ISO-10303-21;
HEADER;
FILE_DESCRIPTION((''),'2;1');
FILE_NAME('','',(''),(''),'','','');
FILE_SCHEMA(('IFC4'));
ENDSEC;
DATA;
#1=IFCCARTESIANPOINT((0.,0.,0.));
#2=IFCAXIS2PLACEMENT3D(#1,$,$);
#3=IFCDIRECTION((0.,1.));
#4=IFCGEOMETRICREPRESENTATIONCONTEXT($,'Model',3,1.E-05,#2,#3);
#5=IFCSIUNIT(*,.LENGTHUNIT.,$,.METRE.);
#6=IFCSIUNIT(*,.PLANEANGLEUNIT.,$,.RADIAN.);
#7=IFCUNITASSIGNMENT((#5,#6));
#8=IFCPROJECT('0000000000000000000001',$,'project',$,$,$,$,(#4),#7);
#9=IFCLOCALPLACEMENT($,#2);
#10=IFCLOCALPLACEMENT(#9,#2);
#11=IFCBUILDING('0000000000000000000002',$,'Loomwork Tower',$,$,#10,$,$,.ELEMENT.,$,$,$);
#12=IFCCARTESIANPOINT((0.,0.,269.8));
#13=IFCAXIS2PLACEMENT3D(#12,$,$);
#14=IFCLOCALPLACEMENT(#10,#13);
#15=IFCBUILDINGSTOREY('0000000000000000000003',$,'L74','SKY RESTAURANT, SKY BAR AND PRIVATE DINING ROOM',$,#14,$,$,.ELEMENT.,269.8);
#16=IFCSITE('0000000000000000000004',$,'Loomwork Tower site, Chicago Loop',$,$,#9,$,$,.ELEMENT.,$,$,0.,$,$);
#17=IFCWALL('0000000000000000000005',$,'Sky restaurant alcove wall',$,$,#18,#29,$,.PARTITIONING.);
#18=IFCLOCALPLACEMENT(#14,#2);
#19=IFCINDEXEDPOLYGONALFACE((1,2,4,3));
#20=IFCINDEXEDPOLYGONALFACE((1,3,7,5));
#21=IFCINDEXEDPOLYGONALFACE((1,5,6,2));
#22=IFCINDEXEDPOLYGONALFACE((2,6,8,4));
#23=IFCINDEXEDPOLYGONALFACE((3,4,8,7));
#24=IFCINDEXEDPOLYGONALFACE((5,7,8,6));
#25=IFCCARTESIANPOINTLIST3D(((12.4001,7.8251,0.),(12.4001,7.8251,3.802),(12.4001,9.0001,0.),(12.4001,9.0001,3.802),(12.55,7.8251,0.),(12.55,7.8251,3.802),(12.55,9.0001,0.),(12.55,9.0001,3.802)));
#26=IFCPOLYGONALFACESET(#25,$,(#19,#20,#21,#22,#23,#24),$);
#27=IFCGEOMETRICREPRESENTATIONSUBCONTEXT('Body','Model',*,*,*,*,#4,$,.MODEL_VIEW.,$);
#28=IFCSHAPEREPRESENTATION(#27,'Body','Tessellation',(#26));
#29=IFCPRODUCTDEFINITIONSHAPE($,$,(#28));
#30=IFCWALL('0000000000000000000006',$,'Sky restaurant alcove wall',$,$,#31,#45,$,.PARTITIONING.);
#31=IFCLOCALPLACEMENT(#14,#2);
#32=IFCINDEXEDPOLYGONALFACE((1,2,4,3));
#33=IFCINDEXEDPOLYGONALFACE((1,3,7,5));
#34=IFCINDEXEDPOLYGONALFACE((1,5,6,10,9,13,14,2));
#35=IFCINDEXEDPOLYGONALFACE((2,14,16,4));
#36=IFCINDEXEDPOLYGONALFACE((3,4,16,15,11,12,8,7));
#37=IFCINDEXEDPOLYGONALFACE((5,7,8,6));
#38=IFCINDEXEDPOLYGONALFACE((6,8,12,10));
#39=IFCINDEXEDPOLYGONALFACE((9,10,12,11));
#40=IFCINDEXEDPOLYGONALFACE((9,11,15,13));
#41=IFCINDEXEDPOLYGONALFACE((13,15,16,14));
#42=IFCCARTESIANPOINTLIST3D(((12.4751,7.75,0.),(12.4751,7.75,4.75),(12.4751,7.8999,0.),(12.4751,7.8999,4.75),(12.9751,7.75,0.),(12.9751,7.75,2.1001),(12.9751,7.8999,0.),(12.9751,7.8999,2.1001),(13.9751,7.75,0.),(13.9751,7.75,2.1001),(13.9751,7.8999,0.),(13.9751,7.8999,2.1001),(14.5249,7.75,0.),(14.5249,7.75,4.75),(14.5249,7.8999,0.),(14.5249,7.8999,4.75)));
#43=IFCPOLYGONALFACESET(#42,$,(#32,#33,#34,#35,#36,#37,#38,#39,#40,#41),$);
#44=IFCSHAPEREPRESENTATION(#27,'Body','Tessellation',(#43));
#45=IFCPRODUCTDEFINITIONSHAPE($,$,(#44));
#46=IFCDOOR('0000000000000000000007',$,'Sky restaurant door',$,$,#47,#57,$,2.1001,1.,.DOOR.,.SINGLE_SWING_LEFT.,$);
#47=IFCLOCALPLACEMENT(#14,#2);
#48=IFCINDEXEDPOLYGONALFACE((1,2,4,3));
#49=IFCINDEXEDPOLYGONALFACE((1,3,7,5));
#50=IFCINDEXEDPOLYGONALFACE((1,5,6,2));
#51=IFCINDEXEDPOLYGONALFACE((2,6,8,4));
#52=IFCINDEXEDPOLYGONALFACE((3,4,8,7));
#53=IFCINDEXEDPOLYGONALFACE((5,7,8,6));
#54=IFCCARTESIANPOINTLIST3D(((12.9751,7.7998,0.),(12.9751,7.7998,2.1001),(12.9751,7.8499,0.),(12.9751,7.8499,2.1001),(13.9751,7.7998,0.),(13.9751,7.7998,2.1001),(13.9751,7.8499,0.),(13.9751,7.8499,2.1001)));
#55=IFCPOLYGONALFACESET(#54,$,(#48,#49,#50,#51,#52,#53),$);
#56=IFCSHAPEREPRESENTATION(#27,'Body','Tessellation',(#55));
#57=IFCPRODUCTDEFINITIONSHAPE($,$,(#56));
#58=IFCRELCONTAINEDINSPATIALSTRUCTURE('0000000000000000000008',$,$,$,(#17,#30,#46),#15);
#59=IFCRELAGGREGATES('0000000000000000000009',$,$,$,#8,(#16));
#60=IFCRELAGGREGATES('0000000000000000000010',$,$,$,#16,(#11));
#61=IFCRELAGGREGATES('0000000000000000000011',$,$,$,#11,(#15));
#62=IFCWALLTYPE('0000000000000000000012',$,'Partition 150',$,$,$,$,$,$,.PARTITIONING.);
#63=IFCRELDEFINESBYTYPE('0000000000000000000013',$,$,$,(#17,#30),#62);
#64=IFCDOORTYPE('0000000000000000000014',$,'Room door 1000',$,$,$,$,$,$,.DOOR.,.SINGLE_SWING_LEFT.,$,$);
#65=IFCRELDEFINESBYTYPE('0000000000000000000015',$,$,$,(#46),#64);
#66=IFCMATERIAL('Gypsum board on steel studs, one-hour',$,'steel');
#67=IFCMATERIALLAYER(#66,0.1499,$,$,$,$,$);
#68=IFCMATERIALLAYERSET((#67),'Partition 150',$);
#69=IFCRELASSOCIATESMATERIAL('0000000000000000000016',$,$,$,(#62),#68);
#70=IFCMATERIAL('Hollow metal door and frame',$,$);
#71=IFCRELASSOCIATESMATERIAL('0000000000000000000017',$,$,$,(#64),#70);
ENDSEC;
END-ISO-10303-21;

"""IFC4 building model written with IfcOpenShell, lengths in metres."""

from ifc_helpers import new_model, si_unit, direction, frame, frame_2d, origin, place, context, subcontext, project, spatial, rectangle, extrude, material, layer, layer_set, type_object, element, fill, save


model = new_model("IFC4")

# Units and contexts
model_context = context("Model", 3, precision=1e-05, world=origin(), true_north=direction((0.0, 1.0)))
body_context = subcontext(model_context, "Body", "Model", "MODEL_VIEW")
ifc_project = project(units=[si_unit("LENGTHUNIT", "METRE"), si_unit("PLANEANGLEUNIT", "RADIAN")], contexts=[model_context])

# Site, building, storey
site_placement = place(None, origin())
site = spatial("IfcSite", under=ifc_project, at=site_placement, Name="Loomwork Tower site, Chicago Loop", CompositionType="ELEMENT", RefElevation=0.0)
building_placement = place(site_placement, origin())
building = spatial("IfcBuilding", under=site, at=building_placement, Name="Loomwork Tower", CompositionType="ELEMENT")
storey_placement = place(building_placement, frame((0.0, 0.0, 269.8)))
storey = spatial("IfcBuildingStorey", under=building, at=storey_placement, Name="L74", Description="SKY RESTAURANT, SKY BAR AND PRIVATE DINING ROOM", CompositionType="ELEMENT", Elevation=269.8)

# Wall
ifc_material_1 = material(Name="Gypsum board on steel studs, one-hour", Category="steel")
ifc_layer_1 = layer(ifc_material_1, 0.1499)
ifc_layer_set_1 = layer_set([ifc_layer_1], Name="Partition 150")
wall_type_1 = type_object("IfcWallType", Name="Partition 150", PredefinedType="PARTITIONING", material=ifc_layer_set_1)
wall_1_placement = place(storey_placement, frame((12.4751, 9.0, 0.0), z_axis=(0.0, 0.0, 1.0), x_axis=(0.0, -1.0, 0.0)))
element("IfcWall", 1, at=wall_1_placement, inside=storey, type_object=wall_type_1, Name="Sky restaurant alcove wall", PredefinedType="PARTITIONING", context=body_context, shape_type="SweptSolid", body=[
    extrude(rectangle(XDim=1.175, YDim=0.1499, at=frame_2d((0.5874, 0.0))), origin(), (0.0, 0.0, 1.0), 3.802),
])

# Wall, opening, door
wall_2_placement = place(storey_placement, frame((12.4751, 7.825, 0.0), z_axis=(0.0, 0.0, 1.0), x_axis=(1.0, 0.0, 0.0)))
wall_2 = element("IfcWall", 2, at=wall_2_placement, inside=storey, type_object=wall_type_1, Name="Sky restaurant alcove wall", PredefinedType="PARTITIONING", context=body_context, shape_type="SweptSolid", body=[
    extrude(rectangle(XDim=2.0498, YDim=0.1499, at=frame_2d((1.0249, 0.0))), origin(), (0.0, 0.0, 1.0), 4.75),
])
opening_1_placement = place(wall_2_placement, frame((0.5, 0.0, 0.0)))
opening_1 = element("IfcOpeningElement", 3, at=opening_1_placement, cuts=wall_2, PredefinedType="OPENING", context=body_context, shape_type="SweptSolid", body=[
    extrude(rectangle(XDim=1.0, YDim=2.1001, at=frame_2d((0.5, 1.05))), frame((0.0, 0.085, 0.0), z_axis=(0.0, -1.0, 0.0), x_axis=(1.0, 0.0, 0.0)), (0.0, 0.0, 1.0), 0.1699),
])
ifc_material_2 = material(Name="Hollow metal door and frame")
door_type_1 = type_object("IfcDoorType", Name="Room door 1000", OperationType="SINGLE_SWING_LEFT", PredefinedType="DOOR", material=ifc_material_2)
door_1_placement = place(opening_1_placement, origin())
door_1 = element("IfcDoor", 4, at=door_1_placement, inside=storey, type_object=door_type_1, Name="Sky restaurant door", OperationType="SINGLE_SWING_LEFT", OverallHeight=2.1001, OverallWidth=1.0, PredefinedType="DOOR", context=body_context, shape_type="SweptSolid", body=[
    extrude(rectangle(XDim=1.0, YDim=2.1001, at=frame_2d((0.5, 1.05))), frame((0.0, 0.0249, 0.0), z_axis=(0.0, -1.0, 0.0), x_axis=(1.0, 0.0, 0.0)), (0.0, 0.0, 1.0), 0.05),
])
fill(opening_1, door_1)

save(model, "model.ifc")
